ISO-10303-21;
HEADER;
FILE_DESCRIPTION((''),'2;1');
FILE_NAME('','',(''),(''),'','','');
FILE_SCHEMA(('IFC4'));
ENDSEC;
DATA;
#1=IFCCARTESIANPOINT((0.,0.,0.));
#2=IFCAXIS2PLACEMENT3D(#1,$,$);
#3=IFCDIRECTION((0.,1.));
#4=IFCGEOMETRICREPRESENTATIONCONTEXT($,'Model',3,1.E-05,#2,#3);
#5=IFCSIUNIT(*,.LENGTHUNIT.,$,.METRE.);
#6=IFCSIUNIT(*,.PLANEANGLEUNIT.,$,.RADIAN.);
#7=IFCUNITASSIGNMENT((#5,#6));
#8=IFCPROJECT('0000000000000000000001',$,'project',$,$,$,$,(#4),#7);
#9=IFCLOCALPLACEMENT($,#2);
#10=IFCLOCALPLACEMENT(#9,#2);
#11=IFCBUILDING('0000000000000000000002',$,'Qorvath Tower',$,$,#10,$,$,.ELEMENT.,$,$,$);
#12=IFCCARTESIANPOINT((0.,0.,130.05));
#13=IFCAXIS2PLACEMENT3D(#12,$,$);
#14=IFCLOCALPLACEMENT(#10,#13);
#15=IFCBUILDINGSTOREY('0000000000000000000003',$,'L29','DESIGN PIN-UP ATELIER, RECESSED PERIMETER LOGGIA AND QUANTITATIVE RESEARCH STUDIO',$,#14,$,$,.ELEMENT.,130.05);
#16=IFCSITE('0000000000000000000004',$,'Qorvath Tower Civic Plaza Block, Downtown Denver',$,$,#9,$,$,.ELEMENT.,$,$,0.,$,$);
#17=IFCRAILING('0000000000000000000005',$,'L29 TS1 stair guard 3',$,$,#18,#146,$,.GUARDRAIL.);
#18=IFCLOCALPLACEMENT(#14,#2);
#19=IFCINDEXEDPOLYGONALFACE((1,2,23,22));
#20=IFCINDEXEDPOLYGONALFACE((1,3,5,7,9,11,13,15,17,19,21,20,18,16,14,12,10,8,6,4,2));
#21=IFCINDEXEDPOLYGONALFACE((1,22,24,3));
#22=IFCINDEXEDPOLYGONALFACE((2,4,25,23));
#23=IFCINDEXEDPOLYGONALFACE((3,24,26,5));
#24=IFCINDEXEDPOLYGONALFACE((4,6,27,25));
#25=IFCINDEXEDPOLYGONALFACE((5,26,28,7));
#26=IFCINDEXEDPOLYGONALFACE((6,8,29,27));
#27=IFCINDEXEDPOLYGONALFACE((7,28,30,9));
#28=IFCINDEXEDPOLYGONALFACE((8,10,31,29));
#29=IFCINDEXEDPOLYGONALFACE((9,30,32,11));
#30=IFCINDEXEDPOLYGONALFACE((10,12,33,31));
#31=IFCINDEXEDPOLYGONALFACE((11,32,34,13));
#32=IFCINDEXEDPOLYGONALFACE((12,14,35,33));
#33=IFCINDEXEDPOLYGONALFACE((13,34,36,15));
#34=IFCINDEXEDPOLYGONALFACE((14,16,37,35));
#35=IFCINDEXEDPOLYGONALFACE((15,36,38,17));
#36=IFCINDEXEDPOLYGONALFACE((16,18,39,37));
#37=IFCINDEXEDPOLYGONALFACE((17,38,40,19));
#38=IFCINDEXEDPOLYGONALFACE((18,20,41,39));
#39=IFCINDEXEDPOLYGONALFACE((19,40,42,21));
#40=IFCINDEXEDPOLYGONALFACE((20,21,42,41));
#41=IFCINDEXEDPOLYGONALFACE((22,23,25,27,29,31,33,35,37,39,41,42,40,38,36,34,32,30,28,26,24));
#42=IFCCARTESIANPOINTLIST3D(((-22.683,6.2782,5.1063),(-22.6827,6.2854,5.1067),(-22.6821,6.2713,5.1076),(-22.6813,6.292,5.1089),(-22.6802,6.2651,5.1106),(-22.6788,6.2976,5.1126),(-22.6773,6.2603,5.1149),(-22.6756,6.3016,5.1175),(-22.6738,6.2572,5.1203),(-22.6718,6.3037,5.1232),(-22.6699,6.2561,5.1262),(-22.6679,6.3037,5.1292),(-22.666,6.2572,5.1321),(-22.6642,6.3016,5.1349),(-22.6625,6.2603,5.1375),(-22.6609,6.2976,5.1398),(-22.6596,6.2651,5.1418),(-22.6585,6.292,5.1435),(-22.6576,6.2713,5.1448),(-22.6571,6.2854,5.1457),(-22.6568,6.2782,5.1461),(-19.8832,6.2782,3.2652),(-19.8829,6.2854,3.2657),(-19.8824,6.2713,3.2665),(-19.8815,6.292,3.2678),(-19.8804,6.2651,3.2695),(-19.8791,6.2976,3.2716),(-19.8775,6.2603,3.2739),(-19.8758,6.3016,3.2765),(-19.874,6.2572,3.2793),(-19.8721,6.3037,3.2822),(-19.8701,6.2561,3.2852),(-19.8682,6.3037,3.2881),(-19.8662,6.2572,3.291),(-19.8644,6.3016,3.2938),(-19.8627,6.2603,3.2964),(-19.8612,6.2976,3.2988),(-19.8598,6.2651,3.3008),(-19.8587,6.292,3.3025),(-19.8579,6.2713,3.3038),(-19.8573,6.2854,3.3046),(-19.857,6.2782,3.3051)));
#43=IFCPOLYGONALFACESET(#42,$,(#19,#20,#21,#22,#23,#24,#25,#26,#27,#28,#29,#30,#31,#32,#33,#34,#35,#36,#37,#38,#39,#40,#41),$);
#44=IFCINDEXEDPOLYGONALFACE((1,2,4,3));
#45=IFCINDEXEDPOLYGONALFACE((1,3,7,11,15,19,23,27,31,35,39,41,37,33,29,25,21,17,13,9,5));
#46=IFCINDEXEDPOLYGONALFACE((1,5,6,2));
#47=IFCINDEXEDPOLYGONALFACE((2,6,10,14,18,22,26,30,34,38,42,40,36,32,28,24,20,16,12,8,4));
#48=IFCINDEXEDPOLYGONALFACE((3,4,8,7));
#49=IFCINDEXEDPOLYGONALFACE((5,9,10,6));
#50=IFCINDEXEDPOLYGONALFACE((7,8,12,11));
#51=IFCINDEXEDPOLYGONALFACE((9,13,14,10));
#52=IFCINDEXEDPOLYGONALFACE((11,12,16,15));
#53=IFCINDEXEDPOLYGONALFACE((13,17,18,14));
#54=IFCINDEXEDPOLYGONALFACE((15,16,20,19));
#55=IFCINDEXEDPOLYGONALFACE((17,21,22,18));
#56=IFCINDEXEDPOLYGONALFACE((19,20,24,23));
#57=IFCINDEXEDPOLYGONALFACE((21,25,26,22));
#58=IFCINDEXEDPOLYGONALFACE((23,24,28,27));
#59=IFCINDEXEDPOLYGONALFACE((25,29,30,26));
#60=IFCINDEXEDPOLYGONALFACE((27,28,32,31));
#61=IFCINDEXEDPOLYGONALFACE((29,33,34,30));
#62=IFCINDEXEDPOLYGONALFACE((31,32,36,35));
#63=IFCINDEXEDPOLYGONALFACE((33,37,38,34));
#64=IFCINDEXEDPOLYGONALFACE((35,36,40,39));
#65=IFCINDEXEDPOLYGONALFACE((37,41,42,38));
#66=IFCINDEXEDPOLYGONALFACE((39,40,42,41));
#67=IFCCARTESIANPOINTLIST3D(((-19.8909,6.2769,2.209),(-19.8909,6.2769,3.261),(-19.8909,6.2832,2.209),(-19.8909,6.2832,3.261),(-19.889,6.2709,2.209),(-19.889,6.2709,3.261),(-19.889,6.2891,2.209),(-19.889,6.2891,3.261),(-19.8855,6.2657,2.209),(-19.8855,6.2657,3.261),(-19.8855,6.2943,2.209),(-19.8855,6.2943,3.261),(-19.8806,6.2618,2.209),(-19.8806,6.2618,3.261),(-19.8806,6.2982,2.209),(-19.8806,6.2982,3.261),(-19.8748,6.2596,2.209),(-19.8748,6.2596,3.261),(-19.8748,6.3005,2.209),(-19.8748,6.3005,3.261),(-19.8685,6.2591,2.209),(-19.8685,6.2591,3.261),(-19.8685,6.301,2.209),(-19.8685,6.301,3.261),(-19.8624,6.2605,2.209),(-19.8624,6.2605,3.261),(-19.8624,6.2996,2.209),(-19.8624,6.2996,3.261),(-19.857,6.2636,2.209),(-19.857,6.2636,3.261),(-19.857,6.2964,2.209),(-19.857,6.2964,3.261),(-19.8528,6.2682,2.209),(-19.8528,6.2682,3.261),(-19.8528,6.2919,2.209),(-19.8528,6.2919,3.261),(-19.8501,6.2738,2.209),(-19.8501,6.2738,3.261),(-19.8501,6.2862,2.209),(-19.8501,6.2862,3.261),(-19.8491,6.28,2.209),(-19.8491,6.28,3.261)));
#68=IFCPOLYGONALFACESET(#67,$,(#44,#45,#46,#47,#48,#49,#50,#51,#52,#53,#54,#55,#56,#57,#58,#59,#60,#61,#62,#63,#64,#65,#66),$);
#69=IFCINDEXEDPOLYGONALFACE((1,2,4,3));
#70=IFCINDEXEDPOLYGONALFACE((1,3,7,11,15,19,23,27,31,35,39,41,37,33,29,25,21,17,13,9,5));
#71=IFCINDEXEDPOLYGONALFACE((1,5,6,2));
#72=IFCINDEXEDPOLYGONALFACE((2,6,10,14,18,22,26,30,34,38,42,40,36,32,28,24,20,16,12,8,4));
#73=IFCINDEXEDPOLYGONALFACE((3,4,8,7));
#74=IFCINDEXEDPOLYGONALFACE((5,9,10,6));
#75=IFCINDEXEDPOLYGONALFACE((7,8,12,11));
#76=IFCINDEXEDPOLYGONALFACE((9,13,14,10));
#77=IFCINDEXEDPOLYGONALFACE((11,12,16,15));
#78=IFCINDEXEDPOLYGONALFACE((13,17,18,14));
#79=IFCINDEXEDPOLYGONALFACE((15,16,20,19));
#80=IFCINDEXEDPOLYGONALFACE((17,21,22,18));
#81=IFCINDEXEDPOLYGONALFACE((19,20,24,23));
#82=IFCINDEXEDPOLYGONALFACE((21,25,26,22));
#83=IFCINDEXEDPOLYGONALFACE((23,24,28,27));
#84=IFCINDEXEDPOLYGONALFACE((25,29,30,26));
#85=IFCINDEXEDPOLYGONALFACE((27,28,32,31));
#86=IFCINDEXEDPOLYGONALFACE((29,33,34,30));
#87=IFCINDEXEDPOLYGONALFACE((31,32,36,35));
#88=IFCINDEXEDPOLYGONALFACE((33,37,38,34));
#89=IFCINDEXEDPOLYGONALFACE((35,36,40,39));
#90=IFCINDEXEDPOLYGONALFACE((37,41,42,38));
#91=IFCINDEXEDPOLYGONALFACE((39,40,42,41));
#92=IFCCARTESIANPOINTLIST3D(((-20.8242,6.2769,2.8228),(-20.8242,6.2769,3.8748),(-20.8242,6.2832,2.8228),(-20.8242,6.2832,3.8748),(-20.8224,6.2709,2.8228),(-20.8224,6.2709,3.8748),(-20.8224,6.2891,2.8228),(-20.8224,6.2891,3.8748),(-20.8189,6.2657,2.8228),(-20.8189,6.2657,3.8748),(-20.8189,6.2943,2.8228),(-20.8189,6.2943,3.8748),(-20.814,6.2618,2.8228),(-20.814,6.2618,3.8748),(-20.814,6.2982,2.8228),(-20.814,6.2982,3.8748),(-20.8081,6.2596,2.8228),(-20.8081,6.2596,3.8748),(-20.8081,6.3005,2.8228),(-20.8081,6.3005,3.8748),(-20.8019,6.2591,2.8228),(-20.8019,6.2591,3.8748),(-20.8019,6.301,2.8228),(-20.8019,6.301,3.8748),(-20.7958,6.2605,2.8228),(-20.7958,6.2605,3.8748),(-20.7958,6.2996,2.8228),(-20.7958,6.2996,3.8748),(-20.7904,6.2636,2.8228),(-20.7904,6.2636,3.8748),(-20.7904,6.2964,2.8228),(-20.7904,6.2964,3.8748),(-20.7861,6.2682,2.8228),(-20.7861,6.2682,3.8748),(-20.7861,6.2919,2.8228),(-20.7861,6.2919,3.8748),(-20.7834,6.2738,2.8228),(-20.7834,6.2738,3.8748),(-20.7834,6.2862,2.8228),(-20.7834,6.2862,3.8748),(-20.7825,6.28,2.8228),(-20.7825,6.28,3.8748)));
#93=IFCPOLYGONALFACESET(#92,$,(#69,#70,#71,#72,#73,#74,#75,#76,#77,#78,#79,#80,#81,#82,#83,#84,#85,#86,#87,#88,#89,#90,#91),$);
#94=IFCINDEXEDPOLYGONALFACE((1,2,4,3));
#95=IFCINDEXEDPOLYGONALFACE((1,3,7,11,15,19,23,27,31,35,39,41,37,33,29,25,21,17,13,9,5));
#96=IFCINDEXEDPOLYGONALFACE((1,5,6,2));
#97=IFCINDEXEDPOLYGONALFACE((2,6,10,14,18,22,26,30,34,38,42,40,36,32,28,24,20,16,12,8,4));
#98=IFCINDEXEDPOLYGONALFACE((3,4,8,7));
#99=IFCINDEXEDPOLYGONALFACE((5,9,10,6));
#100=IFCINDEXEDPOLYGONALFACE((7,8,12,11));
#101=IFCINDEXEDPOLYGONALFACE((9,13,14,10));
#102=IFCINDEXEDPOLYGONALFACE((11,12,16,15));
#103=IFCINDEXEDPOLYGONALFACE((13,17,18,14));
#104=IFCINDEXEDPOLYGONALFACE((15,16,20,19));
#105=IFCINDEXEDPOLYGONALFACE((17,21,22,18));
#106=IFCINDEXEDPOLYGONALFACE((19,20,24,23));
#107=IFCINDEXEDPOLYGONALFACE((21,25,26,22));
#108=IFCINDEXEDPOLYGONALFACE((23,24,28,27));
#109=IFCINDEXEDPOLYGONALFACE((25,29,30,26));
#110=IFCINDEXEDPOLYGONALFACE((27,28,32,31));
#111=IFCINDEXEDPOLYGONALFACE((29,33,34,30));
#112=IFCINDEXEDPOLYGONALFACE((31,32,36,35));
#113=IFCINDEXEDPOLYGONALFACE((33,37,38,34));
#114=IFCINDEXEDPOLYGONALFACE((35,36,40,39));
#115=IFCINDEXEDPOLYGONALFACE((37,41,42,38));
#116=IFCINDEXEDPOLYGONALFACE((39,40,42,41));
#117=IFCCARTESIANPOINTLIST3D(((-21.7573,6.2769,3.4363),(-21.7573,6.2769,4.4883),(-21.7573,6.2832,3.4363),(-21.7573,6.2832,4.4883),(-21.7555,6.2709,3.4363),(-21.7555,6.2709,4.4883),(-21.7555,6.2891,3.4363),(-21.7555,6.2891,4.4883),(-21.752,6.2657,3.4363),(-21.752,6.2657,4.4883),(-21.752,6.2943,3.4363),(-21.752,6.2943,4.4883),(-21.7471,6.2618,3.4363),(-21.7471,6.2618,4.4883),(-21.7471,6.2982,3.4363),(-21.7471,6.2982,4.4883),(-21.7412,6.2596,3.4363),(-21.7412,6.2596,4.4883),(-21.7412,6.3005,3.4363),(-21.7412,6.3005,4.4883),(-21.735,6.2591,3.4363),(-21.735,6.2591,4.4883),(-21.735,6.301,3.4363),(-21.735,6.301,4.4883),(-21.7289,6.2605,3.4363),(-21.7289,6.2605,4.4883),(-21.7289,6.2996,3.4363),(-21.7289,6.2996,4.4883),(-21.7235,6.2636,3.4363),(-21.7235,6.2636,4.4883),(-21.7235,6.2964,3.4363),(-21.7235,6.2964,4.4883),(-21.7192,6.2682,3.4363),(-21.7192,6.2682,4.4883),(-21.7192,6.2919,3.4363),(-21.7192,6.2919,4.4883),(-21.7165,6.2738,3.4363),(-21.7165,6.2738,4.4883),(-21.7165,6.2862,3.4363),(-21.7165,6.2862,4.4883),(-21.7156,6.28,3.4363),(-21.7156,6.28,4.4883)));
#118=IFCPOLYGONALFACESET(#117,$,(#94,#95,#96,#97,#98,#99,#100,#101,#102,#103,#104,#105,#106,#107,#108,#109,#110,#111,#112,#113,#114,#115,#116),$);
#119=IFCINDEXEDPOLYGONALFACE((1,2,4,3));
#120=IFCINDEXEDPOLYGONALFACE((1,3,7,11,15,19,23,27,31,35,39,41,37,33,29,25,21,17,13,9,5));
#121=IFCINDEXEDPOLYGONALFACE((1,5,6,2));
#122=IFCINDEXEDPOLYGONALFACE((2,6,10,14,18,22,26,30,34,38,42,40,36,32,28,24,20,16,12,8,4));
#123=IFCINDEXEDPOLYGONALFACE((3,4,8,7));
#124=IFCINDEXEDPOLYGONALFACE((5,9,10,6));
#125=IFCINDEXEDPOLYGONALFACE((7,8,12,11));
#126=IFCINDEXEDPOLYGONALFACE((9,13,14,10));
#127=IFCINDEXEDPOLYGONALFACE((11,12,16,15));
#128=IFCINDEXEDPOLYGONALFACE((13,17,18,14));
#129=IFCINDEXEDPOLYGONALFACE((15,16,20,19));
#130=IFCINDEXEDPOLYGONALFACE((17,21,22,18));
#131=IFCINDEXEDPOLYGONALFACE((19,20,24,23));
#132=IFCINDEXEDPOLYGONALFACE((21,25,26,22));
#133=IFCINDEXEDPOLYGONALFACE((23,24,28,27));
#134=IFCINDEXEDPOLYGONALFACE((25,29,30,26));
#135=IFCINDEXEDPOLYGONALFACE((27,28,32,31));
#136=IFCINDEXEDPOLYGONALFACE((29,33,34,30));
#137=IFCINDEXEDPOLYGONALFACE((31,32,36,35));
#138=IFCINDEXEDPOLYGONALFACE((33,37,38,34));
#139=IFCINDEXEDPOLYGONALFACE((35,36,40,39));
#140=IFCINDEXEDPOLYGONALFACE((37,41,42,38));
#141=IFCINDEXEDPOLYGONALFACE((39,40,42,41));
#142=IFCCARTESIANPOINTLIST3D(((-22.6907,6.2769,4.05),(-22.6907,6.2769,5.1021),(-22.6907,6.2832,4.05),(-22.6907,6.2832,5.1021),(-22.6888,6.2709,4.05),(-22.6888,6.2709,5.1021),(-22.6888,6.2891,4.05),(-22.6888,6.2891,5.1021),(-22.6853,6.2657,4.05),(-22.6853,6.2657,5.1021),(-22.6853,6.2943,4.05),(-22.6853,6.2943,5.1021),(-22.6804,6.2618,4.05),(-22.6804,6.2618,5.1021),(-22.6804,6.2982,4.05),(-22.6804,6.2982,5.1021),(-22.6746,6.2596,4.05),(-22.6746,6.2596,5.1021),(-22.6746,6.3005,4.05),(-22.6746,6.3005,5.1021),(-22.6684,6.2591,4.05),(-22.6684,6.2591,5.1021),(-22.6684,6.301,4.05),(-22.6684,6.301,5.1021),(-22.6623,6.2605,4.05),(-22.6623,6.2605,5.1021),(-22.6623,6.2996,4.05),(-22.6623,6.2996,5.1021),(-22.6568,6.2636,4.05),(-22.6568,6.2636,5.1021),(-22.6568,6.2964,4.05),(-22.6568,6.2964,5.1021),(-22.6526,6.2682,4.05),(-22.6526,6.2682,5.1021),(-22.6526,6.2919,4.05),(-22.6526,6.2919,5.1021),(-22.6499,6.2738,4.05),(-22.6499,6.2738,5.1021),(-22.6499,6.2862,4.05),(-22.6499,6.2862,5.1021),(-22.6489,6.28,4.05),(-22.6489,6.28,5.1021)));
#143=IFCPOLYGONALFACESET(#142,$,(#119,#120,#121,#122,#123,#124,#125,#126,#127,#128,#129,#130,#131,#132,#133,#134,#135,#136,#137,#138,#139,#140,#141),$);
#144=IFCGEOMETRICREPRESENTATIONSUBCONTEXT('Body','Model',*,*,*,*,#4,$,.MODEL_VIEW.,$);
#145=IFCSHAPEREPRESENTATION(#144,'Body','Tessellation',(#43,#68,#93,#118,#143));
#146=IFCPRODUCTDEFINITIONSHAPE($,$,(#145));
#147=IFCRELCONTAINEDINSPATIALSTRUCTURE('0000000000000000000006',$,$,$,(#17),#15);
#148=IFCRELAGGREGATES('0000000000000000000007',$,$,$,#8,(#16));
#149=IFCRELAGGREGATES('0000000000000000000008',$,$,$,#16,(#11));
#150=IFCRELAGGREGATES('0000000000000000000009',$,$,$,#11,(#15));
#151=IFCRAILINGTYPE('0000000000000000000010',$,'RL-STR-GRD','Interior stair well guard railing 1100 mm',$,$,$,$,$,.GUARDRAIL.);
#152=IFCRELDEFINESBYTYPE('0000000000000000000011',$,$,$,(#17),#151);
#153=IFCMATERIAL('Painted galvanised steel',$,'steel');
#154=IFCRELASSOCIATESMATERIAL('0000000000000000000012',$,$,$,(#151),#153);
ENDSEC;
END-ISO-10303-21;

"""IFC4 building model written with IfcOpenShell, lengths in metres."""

from ifc_helpers import new_model, si_unit, direction, frame, origin, origin_2d, place, context, subcontext, project, spatial, circle, extrude, material, type_object, element, save


model = new_model("IFC4")

# Units and contexts
model_context = context("Model", 3, precision=1e-05, world=origin(), true_north=direction((0.0, 1.0)))
body_context = subcontext(model_context, "Body", "Model", "MODEL_VIEW")
ifc_project = project(units=[si_unit("LENGTHUNIT", "METRE"), si_unit("PLANEANGLEUNIT", "RADIAN")], contexts=[model_context])

# Site, building, storey
site_placement = place(None, origin())
site = spatial("IfcSite", under=ifc_project, at=site_placement, Name="Qorvath Tower Civic Plaza Block, Downtown Denver", CompositionType="ELEMENT", RefElevation=0.0)
building_placement = place(site_placement, origin())
building = spatial("IfcBuilding", under=site, at=building_placement, Name="Qorvath Tower", CompositionType="ELEMENT")
storey_placement = place(building_placement, frame((0.0, 0.0, 130.05)))
storey = spatial("IfcBuildingStorey", under=building, at=storey_placement, Name="L29", Description="DESIGN PIN-UP ATELIER, RECESSED PERIMETER LOGGIA AND QUANTITATIVE RESEARCH STUDIO", CompositionType="ELEMENT", Elevation=130.05)

# Railing
ifc_material_1 = material(Name="Painted galvanised steel", Category="steel")
railing_type_1 = type_object("IfcRailingType", Name="RL-STR-GRD", Description="Interior stair well guard railing 1100 mm", PredefinedType="GUARDRAIL", material=ifc_material_1)
railing_1_placement = place(storey_placement, frame((-19.8701, 6.28, 2.209)))
element("IfcRailing", 1, at=railing_1_placement, inside=storey, type_object=railing_type_1, Name="L29 TS1 stair guard 3", PredefinedType="GUARDRAIL", context=body_context, shape_type="SweptSolid", body=[
    extrude(circle(Radius=0.0239, at=origin_2d()), frame((0.0, 0.0, 1.0762), z_axis=(-0.835542, 0.0, 0.549426), x_axis=(0.0, -1.0, 0.0)), (0.0, 0.0, 1.0), 3.3508),
    extrude(circle(Radius=0.021, at=origin_2d()), origin(), (0.0, 0.0, 1.0), 1.052),
    extrude(circle(Radius=0.021, at=origin_2d()), frame((-0.9333, 0.0, 0.6138)), (0.0, 0.0, 1.0), 1.052),
    extrude(circle(Radius=0.021, at=origin_2d()), frame((-1.8665, 0.0, 1.2273)), (0.0, 0.0, 1.0), 1.052),
    extrude(circle(Radius=0.021, at=origin_2d()), frame((-2.7998, 0.0, 1.8411)), (0.0, 0.0, 1.0), 1.052),
])

save(model, "model.ifc")
